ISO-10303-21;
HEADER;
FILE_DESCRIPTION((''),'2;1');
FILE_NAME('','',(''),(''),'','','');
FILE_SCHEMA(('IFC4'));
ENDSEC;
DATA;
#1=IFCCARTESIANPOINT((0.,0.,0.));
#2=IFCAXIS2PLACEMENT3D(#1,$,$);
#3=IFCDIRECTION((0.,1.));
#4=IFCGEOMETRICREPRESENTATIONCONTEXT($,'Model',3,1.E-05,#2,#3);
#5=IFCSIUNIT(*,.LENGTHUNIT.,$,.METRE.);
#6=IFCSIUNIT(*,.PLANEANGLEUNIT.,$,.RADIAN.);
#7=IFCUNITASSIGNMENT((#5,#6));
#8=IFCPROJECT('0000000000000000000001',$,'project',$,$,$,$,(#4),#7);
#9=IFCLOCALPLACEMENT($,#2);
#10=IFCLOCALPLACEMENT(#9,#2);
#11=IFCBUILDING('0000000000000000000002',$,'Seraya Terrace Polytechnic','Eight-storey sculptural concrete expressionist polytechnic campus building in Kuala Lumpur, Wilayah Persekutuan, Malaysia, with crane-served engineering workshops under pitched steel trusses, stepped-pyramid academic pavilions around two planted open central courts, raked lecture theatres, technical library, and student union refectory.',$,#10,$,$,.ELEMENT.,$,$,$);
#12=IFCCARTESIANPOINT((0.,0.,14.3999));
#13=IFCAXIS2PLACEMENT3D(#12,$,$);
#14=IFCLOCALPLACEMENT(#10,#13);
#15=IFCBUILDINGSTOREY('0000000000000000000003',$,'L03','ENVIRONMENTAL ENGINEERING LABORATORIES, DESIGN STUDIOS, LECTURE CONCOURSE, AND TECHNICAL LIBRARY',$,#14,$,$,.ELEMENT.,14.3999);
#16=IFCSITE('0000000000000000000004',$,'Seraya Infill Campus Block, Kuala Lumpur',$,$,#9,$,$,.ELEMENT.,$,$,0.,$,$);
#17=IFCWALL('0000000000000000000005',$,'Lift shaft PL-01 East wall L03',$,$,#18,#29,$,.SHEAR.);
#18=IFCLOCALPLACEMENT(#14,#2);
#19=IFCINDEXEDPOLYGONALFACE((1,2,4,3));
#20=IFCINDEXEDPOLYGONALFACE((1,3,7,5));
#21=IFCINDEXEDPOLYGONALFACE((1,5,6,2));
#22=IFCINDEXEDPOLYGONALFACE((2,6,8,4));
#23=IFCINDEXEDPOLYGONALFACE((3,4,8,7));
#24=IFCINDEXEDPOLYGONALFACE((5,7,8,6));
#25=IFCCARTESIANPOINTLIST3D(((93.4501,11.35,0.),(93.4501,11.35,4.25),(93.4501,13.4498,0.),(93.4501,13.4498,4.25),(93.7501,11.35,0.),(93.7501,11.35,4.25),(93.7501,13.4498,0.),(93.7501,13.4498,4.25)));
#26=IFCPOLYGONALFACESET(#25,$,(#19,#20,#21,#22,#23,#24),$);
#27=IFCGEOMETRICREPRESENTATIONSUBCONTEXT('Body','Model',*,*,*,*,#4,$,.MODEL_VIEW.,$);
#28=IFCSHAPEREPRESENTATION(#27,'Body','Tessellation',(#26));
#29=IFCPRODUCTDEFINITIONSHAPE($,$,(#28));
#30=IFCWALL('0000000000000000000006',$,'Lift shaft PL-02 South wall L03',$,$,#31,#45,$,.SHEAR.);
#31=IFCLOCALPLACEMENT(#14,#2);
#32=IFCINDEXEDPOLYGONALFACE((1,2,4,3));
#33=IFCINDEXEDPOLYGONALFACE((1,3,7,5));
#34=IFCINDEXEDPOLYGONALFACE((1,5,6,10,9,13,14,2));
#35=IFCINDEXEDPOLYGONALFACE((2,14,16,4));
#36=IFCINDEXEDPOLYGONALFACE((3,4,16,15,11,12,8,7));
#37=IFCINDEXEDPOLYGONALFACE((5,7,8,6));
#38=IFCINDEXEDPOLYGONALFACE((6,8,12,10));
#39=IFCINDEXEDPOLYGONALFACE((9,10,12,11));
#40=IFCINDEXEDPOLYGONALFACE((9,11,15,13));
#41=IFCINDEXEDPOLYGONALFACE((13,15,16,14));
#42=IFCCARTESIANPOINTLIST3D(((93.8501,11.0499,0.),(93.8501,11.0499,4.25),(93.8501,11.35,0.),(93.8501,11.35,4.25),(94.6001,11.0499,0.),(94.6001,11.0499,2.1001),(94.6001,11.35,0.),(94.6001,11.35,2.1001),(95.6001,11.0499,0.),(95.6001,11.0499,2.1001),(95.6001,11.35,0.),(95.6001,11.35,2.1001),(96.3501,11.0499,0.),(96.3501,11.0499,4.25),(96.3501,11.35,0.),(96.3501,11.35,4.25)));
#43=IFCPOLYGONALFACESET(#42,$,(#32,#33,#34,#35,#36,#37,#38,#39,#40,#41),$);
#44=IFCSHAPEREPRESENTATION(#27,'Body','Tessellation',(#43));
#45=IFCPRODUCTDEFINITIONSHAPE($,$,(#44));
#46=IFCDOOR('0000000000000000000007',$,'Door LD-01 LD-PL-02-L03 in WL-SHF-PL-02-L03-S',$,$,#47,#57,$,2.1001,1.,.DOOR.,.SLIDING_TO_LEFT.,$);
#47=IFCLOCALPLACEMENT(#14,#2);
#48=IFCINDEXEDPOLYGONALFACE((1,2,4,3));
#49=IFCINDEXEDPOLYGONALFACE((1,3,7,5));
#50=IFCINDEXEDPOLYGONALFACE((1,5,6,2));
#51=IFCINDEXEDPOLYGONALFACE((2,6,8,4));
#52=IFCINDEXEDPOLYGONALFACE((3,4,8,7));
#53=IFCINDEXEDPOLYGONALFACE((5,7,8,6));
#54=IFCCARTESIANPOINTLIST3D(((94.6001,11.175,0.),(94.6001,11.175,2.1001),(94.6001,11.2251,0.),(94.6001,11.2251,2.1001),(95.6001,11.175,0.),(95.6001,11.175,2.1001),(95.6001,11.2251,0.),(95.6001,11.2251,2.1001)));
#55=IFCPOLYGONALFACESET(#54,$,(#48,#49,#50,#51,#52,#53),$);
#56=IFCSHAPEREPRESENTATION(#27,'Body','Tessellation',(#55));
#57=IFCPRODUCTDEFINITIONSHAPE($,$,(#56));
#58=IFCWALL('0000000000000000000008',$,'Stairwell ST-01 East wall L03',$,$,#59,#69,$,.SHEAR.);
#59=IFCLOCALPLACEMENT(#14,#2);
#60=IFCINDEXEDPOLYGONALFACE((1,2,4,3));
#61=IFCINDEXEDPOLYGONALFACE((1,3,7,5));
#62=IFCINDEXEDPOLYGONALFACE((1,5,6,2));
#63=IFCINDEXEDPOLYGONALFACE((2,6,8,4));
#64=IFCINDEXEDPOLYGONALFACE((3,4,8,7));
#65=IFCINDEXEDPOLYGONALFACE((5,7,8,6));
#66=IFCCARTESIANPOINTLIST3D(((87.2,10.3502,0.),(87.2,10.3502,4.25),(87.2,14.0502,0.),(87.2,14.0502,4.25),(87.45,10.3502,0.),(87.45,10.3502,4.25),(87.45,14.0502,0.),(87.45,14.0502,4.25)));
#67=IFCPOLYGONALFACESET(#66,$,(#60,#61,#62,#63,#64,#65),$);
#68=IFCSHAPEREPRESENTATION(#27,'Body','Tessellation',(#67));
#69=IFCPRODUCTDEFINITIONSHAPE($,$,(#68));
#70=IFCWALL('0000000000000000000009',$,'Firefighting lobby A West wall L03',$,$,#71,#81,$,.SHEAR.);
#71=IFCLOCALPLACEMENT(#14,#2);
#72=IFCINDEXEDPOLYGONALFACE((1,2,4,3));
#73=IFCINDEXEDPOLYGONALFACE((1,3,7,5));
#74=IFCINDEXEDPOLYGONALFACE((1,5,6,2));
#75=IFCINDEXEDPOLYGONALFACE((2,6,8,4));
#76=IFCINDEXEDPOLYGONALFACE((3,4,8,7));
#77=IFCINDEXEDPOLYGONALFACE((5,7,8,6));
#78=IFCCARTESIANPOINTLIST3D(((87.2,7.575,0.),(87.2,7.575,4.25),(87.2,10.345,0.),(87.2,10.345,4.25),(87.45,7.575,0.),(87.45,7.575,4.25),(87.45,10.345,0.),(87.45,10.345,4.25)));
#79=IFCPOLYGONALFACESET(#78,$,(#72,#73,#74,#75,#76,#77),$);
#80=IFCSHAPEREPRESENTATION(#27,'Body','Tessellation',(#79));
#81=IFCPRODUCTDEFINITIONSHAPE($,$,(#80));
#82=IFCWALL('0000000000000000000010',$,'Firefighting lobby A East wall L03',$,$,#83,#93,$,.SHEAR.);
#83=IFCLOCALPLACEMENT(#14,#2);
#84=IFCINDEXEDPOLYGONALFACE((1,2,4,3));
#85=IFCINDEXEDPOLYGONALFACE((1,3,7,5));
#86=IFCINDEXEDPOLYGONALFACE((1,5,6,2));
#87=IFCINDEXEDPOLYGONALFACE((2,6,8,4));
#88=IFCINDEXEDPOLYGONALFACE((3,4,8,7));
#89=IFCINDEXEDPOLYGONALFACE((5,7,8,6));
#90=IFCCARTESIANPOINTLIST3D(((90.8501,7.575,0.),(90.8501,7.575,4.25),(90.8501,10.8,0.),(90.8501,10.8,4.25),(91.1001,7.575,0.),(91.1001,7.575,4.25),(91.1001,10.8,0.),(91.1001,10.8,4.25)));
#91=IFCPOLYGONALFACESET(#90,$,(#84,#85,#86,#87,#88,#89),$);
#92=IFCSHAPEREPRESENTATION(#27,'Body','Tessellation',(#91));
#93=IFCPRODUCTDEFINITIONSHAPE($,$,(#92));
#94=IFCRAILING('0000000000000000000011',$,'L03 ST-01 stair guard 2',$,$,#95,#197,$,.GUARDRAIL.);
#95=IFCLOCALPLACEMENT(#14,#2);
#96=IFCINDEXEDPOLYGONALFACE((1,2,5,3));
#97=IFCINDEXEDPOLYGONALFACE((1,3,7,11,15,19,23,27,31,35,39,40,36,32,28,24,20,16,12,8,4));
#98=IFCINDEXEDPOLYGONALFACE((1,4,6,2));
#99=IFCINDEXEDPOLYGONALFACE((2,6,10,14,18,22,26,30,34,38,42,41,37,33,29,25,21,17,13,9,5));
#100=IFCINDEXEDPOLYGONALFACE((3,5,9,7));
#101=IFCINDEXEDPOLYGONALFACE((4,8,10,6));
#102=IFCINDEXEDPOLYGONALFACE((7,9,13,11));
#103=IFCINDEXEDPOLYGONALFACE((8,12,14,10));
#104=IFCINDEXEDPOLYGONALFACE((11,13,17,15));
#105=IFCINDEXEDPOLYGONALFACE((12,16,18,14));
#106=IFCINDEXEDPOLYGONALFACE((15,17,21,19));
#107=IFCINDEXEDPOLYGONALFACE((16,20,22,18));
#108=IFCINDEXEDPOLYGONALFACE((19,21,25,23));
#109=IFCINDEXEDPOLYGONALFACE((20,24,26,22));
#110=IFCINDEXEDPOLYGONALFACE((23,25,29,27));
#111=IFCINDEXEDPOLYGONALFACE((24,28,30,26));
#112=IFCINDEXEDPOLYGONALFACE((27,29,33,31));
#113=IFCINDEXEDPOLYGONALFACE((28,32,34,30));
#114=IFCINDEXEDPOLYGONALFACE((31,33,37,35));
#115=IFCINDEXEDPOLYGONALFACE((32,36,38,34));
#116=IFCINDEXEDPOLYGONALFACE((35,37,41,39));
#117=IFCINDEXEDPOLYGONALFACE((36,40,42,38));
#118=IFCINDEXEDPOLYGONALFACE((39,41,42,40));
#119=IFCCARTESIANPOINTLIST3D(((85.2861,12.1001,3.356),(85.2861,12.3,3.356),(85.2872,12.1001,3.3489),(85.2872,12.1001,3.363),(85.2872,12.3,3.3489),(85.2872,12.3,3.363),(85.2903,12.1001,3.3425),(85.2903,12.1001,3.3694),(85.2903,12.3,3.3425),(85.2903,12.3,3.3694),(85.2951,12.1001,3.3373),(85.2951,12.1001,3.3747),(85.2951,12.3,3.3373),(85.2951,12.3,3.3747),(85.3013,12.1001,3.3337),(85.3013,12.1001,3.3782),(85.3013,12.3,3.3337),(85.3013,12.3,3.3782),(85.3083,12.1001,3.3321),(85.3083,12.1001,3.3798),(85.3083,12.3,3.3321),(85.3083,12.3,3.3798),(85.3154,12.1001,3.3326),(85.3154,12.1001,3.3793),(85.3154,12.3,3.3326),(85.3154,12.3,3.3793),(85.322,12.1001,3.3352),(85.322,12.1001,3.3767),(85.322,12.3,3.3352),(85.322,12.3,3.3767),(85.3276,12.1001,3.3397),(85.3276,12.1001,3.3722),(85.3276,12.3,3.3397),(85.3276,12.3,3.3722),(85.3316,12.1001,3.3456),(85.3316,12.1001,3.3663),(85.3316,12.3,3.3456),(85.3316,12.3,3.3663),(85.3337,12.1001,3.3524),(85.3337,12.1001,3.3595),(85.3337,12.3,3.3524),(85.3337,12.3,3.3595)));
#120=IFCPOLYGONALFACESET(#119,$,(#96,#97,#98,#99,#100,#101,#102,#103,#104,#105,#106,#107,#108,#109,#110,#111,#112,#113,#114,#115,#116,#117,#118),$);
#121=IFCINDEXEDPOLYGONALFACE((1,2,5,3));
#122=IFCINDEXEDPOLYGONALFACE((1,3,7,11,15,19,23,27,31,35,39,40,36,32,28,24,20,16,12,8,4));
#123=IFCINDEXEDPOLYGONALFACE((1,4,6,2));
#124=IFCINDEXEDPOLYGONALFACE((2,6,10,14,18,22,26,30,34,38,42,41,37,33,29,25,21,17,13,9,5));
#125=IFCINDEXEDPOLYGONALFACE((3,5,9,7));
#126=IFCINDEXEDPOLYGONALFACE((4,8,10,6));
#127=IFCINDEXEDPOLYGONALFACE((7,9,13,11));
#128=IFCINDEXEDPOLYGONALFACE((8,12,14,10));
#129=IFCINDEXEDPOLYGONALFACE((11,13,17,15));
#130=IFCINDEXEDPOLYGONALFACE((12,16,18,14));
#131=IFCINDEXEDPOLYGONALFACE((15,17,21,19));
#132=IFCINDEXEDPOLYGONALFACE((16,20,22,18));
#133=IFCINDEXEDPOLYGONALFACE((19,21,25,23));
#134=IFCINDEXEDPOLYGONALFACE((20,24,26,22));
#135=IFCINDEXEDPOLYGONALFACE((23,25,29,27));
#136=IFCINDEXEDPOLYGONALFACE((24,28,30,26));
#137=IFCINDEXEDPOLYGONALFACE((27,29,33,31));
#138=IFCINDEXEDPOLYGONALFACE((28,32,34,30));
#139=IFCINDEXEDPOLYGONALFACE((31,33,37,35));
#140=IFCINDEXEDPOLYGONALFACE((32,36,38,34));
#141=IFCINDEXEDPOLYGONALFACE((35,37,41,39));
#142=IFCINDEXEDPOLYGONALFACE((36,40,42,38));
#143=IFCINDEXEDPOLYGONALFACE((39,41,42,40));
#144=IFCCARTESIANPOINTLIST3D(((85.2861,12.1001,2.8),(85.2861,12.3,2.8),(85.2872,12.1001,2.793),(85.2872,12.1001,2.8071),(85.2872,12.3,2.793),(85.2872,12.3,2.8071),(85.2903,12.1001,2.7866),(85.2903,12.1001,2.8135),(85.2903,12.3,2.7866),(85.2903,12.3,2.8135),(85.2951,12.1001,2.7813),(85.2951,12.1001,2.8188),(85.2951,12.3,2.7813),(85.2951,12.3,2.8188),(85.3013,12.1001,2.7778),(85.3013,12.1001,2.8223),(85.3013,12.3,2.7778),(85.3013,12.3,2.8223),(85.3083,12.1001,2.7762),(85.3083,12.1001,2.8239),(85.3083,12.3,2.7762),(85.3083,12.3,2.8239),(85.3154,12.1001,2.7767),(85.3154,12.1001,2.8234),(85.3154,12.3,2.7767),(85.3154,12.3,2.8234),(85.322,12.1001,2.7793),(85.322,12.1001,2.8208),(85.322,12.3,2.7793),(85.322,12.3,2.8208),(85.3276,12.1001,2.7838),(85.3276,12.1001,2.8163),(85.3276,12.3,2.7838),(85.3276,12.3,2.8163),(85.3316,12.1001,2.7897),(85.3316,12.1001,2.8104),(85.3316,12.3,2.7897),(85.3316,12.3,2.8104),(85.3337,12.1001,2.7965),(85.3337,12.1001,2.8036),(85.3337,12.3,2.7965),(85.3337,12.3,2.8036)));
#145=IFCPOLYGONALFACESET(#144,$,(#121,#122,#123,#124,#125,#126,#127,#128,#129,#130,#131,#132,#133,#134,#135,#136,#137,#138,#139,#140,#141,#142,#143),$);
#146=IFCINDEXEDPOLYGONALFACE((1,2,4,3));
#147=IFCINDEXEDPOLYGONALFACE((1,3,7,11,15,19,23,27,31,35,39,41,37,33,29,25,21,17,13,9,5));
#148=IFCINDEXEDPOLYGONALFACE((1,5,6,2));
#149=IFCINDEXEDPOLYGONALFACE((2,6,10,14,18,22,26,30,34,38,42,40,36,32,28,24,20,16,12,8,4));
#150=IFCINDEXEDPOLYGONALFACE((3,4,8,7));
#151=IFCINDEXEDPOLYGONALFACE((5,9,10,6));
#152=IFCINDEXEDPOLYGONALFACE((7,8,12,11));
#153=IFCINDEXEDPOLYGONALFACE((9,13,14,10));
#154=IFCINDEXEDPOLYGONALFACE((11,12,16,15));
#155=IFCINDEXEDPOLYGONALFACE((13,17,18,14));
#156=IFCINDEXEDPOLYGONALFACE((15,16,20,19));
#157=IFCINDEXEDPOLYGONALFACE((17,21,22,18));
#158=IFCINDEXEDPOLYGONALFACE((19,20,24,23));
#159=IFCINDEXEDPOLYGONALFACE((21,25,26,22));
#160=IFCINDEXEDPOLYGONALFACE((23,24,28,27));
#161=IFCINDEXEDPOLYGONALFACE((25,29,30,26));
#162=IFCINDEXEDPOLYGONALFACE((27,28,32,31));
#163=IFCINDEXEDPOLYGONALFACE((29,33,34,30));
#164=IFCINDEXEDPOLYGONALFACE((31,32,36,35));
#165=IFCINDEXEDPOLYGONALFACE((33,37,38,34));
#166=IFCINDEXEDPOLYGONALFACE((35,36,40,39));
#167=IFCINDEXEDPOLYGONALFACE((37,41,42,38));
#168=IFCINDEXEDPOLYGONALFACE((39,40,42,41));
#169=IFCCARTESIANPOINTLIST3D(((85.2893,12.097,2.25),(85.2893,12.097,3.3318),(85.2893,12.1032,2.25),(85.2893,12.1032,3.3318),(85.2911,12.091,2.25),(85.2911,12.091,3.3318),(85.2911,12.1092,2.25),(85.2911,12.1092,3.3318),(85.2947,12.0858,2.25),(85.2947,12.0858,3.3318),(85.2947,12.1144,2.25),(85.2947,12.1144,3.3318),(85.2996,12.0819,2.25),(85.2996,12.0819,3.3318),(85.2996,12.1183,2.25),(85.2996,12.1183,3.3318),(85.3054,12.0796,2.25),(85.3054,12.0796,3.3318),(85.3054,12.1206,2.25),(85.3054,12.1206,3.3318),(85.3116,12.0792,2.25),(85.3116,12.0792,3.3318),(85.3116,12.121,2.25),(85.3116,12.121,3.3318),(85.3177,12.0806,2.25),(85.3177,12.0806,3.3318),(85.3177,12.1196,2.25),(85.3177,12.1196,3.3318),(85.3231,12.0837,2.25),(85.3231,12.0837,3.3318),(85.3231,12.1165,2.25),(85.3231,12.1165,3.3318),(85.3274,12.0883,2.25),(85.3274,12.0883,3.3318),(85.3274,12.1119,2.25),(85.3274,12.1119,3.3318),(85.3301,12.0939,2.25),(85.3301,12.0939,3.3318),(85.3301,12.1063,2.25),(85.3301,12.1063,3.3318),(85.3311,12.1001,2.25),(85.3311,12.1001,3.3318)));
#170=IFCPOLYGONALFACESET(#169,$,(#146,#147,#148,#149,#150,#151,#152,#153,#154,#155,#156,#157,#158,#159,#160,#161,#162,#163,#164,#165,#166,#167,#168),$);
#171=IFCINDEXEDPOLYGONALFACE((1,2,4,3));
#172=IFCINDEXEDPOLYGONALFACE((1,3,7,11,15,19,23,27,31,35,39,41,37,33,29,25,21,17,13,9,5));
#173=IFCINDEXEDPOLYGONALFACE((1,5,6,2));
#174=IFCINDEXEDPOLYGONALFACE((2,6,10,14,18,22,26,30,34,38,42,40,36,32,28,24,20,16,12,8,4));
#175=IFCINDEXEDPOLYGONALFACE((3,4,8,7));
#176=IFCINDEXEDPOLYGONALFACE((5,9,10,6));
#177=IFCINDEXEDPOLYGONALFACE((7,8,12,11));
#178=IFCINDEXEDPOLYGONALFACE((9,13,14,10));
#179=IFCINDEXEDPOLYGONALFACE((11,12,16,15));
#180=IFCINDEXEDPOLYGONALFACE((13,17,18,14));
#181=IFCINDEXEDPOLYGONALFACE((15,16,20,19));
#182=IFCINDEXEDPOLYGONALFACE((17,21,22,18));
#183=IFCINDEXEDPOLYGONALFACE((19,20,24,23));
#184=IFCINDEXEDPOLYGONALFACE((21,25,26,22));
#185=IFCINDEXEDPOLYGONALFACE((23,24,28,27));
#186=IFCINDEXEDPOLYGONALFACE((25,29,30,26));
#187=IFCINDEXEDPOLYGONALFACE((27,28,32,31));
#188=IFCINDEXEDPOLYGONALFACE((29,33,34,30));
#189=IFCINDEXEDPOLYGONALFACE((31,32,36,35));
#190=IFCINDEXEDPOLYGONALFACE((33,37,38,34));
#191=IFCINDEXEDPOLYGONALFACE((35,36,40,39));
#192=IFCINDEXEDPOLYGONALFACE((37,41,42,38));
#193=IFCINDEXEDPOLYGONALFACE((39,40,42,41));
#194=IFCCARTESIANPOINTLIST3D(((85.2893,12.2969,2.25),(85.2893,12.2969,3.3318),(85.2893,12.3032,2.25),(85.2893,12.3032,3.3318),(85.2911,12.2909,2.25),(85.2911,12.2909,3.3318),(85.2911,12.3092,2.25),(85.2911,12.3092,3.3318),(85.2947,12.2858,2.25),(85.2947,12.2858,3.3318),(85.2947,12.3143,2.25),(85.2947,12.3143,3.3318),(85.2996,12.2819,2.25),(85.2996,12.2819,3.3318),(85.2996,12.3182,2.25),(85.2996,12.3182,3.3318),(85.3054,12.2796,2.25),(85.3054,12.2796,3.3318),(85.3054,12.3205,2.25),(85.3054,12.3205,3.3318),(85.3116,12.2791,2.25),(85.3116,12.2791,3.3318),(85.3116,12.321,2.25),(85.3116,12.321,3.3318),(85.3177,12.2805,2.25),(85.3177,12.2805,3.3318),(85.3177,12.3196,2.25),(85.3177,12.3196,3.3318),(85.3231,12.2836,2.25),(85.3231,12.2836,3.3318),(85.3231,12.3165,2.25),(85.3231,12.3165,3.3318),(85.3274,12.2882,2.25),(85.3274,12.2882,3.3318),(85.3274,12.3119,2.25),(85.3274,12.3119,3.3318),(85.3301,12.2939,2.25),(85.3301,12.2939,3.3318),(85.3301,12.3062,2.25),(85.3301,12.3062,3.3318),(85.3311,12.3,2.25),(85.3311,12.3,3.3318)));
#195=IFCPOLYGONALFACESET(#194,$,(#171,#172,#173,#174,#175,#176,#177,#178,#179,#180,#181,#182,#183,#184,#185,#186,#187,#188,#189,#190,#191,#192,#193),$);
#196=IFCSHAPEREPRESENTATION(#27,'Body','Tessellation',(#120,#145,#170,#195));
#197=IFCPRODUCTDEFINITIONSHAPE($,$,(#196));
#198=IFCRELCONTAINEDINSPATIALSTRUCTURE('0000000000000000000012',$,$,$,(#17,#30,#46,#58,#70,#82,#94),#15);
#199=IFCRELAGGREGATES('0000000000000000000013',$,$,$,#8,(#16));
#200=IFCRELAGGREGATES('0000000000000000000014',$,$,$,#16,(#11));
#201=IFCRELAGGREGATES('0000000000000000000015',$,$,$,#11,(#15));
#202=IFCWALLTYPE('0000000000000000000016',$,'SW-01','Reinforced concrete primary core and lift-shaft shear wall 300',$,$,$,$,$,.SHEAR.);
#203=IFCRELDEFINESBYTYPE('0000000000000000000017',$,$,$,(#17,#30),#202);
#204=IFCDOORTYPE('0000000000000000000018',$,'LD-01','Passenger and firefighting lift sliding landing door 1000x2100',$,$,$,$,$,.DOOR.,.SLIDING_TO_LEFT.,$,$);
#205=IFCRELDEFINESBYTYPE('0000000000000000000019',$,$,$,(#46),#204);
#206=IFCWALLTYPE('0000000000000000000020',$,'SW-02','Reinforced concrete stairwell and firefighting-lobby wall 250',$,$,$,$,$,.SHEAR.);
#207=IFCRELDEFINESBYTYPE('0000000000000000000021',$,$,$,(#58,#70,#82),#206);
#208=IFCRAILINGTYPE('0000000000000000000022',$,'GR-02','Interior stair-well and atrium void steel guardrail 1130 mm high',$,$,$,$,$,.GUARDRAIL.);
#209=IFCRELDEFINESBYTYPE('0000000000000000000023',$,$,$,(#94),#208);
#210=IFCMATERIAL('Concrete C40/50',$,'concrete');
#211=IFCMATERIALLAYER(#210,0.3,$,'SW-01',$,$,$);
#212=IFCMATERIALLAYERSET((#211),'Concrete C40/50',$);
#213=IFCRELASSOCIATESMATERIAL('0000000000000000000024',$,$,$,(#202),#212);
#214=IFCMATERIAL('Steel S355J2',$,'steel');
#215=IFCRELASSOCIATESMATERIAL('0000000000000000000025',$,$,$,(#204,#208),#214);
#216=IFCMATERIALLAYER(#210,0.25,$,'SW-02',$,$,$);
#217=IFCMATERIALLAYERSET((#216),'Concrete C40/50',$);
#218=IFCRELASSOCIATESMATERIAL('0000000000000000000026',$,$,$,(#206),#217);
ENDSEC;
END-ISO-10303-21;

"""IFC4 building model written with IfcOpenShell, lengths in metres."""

from ifc_helpers import new_model, si_unit, direction, frame, frame_2d, origin, origin_2d, place, context, subcontext, project, spatial, rectangle, circle, extrude, material, layer, layer_set, type_object, element, fill, save


model = new_model("IFC4")

# Units and contexts
model_context = context("Model", 3, precision=1e-05, world=origin(), true_north=direction((0.0, 1.0)))
body_context = subcontext(model_context, "Body", "Model", "MODEL_VIEW")
ifc_project = project(units=[si_unit("LENGTHUNIT", "METRE"), si_unit("PLANEANGLEUNIT", "RADIAN")], contexts=[model_context])

# Site, building, storey
site_placement = place(None, origin())
site = spatial("IfcSite", under=ifc_project, at=site_placement, Name="Seraya Infill Campus Block, Kuala Lumpur", CompositionType="ELEMENT", RefElevation=0.0)
building_placement = place(site_placement, origin())
building = spatial("IfcBuilding", under=site, at=building_placement, Name="Seraya Terrace Polytechnic", Description="Eight-storey sculptural concrete expressionist polytechnic campus building in Kuala Lumpur, Wilayah Persekutuan, Malaysia, with crane-served engineering workshops under pitched steel trusses, stepped-pyramid academic pavilions around two planted open central courts, raked lecture theatres, technical library, and student union refectory.", CompositionType="ELEMENT")
storey_placement = place(building_placement, frame((0.0, 0.0, 14.3999)))
storey = spatial("IfcBuildingStorey", under=building, at=storey_placement, Name="L03", Description="ENVIRONMENTAL ENGINEERING LABORATORIES, DESIGN STUDIOS, LECTURE CONCOURSE, AND TECHNICAL LIBRARY", CompositionType="ELEMENT", Elevation=14.3999)

# Shared definitions
ifc_material_1 = material(Name="Concrete C40/50", Category="concrete")

# Shared definitions
ifc_layer_1 = layer(ifc_material_1, 0.3, Name="SW-01")
ifc_layer_set_1 = layer_set([ifc_layer_1], Name="Concrete C40/50")
wall_type_1 = type_object("IfcWallType", Name="SW-01", Description="Reinforced concrete primary core and lift-shaft shear wall 300", PredefinedType="SHEAR", material=ifc_layer_set_1)
ifc_material_2 = material(Name="Steel S355J2", Category="steel")
door_type_1 = type_object("IfcDoorType", Name="LD-01", Description="Passenger and firefighting lift sliding landing door 1000x2100", OperationType="SLIDING_TO_LEFT", PredefinedType="DOOR", material=ifc_material_2)

# Wall
for number, where, z_axis, x_axis, name in (
    (1, (93.6001, 11.3501, 0.0), (0.0, 0.0, 1.0), (0.0, 1.0, 0.0), "Lift shaft PL-01 East wall L03"),
):
    element("IfcWall", number, at=place(storey_placement, frame(where, z_axis=z_axis, x_axis=x_axis)), inside=storey, type_object=wall_type_1, Name=name, PredefinedType="SHEAR", context=body_context, shape_type="SweptSolid", body=[
        extrude(rectangle(XDim=2.0999, YDim=0.3, at=frame_2d((1.0498, 0.0))), origin(), (0.0, 0.0, 1.0), 4.25),
    ])

# Wall, opening, door
wall_1_placement = place(storey_placement, frame((93.8501, 11.2, 0.0), z_axis=(0.0, 0.0, 1.0), x_axis=(1.0, 0.0, 0.0)))
wall_1 = element("IfcWall", 2, at=wall_1_placement, inside=storey, type_object=wall_type_1, Name="Lift shaft PL-02 South wall L03", PredefinedType="SHEAR", context=body_context, shape_type="SweptSolid", body=[
    extrude(rectangle(XDim=2.5, YDim=0.3, at=frame_2d((1.25, 0.0))), origin(), (0.0, 0.0, 1.0), 4.25),
])
opening_1_placement = place(wall_1_placement, frame((0.75, 0.0, 0.0)))
opening_1 = element("IfcOpeningElement", 3, at=opening_1_placement, cuts=wall_1, PredefinedType="OPENING", context=body_context, shape_type="SweptSolid", body=[
    extrude(rectangle(XDim=1.0, YDim=2.1001, at=frame_2d((0.5, 1.05))), frame((0.0, 0.1621, 0.0), z_axis=(0.0, -1.0, 0.0), x_axis=(1.0, 0.0, 0.0)), (0.0, 0.0, 1.0), 0.324),
])
door_1_placement = place(opening_1_placement, frame((1.0, 0.0, 0.0), z_axis=(0.0, 0.0, 1.0), x_axis=(-1.0, 0.0, 0.0)))
door_1 = element("IfcDoor", 4, at=door_1_placement, inside=storey, type_object=door_type_1, Name="Door LD-01 LD-PL-02-L03 in WL-SHF-PL-02-L03-S", OperationType="SLIDING_TO_LEFT", OverallHeight=2.1001, OverallWidth=1.0, PredefinedType="DOOR", context=body_context, shape_type="SweptSolid", body=[
    extrude(rectangle(XDim=1.0, YDim=2.1001, at=frame_2d((0.5, 1.05))), frame((0.0, 0.0249, 0.0), z_axis=(0.0, -1.0, 0.0), x_axis=(1.0, 0.0, 0.0)), (0.0, 0.0, 1.0), 0.05),
])
fill(opening_1, door_1)

# Wall
ifc_layer_2 = layer(ifc_material_1, 0.25, Name="SW-02")
ifc_layer_set_2 = layer_set([ifc_layer_2], Name="Concrete C40/50")
wall_type_2 = type_object("IfcWallType", Name="SW-02", Description="Reinforced concrete stairwell and firefighting-lobby wall 250", PredefinedType="SHEAR", material=ifc_layer_set_2)
wall_2_placement = place(storey_placement, frame((87.325, 10.3501, 0.0), z_axis=(0.0, 0.0, 1.0), x_axis=(0.0, 1.0, 0.0)))
element("IfcWall", 5, at=wall_2_placement, inside=storey, type_object=wall_type_2, Name="Stairwell ST-01 East wall L03", PredefinedType="SHEAR", context=body_context, shape_type="SweptSolid", body=[
    extrude(rectangle(XDim=3.7, YDim=0.25, at=frame_2d((1.8501, 0.0))), origin(), (0.0, 0.0, 1.0), 4.25),
])

# Walls
wall_3_placement = place(storey_placement, frame((87.325, 7.575, 0.0), z_axis=(0.0, 0.0, 1.0), x_axis=(0.0, 1.0, 0.0)))
element("IfcWall", 6, at=wall_3_placement, inside=storey, type_object=wall_type_2, Name="Firefighting lobby A West wall L03", PredefinedType="SHEAR", context=body_context, shape_type="SweptSolid", body=[
    extrude(rectangle(XDim=2.77, YDim=0.25, at=frame_2d((1.385, 0.0))), origin(), (0.0, 0.0, 1.0), 4.25),
])
wall_4_placement = place(storey_placement, frame((90.9751, 7.575, 0.0), z_axis=(0.0, 0.0, 1.0), x_axis=(0.0, 1.0, 0.0)))
element("IfcWall", 7, at=wall_4_placement, inside=storey, type_object=wall_type_2, Name="Firefighting lobby A East wall L03", PredefinedType="SHEAR", context=body_context, shape_type="SweptSolid", body=[
    extrude(rectangle(XDim=3.2251, YDim=0.25, at=frame_2d((1.6125, 0.0))), origin(), (0.0, 0.0, 1.0), 4.25),
])

# Railing
railing_type = type_object("IfcRailingType", Name="GR-02", Description="Interior stair-well and atrium void steel guardrail 1130 mm high", PredefinedType="GUARDRAIL", material=ifc_material_2)
railing_placement = place(storey_placement, frame((85.3101, 12.1001, 2.25)))
element("IfcRailing", 8, at=railing_placement, inside=storey, type_object=railing_type, Name="L03 ST-01 stair guard 2", PredefinedType="GUARDRAIL", context=body_context, shape_type="SweptSolid", body=[
    extrude(circle(Radius=0.0239, at=origin_2d()), frame((0.0, 0.0, 1.106), z_axis=(0.0, 1.0, 0.0), x_axis=(-1.0, 0.0, 0.0)), (0.0, 0.0, 1.0), 0.2),
    extrude(circle(Radius=0.0239, at=origin_2d()), frame((0.0, 0.0, 0.55), z_axis=(0.0, 1.0, 0.0), x_axis=(-1.0, 0.0, 0.0)), (0.0, 0.0, 1.0), 0.2),
    extrude(circle(Radius=0.021, at=origin_2d()), origin(), (0.0, 0.0, 1.0), 1.0818),
    extrude(circle(Radius=0.021, at=origin_2d()), frame((0.0, 0.2, 0.0)), (0.0, 0.0, 1.0), 1.0818),
])

save(model, "model.ifc")
